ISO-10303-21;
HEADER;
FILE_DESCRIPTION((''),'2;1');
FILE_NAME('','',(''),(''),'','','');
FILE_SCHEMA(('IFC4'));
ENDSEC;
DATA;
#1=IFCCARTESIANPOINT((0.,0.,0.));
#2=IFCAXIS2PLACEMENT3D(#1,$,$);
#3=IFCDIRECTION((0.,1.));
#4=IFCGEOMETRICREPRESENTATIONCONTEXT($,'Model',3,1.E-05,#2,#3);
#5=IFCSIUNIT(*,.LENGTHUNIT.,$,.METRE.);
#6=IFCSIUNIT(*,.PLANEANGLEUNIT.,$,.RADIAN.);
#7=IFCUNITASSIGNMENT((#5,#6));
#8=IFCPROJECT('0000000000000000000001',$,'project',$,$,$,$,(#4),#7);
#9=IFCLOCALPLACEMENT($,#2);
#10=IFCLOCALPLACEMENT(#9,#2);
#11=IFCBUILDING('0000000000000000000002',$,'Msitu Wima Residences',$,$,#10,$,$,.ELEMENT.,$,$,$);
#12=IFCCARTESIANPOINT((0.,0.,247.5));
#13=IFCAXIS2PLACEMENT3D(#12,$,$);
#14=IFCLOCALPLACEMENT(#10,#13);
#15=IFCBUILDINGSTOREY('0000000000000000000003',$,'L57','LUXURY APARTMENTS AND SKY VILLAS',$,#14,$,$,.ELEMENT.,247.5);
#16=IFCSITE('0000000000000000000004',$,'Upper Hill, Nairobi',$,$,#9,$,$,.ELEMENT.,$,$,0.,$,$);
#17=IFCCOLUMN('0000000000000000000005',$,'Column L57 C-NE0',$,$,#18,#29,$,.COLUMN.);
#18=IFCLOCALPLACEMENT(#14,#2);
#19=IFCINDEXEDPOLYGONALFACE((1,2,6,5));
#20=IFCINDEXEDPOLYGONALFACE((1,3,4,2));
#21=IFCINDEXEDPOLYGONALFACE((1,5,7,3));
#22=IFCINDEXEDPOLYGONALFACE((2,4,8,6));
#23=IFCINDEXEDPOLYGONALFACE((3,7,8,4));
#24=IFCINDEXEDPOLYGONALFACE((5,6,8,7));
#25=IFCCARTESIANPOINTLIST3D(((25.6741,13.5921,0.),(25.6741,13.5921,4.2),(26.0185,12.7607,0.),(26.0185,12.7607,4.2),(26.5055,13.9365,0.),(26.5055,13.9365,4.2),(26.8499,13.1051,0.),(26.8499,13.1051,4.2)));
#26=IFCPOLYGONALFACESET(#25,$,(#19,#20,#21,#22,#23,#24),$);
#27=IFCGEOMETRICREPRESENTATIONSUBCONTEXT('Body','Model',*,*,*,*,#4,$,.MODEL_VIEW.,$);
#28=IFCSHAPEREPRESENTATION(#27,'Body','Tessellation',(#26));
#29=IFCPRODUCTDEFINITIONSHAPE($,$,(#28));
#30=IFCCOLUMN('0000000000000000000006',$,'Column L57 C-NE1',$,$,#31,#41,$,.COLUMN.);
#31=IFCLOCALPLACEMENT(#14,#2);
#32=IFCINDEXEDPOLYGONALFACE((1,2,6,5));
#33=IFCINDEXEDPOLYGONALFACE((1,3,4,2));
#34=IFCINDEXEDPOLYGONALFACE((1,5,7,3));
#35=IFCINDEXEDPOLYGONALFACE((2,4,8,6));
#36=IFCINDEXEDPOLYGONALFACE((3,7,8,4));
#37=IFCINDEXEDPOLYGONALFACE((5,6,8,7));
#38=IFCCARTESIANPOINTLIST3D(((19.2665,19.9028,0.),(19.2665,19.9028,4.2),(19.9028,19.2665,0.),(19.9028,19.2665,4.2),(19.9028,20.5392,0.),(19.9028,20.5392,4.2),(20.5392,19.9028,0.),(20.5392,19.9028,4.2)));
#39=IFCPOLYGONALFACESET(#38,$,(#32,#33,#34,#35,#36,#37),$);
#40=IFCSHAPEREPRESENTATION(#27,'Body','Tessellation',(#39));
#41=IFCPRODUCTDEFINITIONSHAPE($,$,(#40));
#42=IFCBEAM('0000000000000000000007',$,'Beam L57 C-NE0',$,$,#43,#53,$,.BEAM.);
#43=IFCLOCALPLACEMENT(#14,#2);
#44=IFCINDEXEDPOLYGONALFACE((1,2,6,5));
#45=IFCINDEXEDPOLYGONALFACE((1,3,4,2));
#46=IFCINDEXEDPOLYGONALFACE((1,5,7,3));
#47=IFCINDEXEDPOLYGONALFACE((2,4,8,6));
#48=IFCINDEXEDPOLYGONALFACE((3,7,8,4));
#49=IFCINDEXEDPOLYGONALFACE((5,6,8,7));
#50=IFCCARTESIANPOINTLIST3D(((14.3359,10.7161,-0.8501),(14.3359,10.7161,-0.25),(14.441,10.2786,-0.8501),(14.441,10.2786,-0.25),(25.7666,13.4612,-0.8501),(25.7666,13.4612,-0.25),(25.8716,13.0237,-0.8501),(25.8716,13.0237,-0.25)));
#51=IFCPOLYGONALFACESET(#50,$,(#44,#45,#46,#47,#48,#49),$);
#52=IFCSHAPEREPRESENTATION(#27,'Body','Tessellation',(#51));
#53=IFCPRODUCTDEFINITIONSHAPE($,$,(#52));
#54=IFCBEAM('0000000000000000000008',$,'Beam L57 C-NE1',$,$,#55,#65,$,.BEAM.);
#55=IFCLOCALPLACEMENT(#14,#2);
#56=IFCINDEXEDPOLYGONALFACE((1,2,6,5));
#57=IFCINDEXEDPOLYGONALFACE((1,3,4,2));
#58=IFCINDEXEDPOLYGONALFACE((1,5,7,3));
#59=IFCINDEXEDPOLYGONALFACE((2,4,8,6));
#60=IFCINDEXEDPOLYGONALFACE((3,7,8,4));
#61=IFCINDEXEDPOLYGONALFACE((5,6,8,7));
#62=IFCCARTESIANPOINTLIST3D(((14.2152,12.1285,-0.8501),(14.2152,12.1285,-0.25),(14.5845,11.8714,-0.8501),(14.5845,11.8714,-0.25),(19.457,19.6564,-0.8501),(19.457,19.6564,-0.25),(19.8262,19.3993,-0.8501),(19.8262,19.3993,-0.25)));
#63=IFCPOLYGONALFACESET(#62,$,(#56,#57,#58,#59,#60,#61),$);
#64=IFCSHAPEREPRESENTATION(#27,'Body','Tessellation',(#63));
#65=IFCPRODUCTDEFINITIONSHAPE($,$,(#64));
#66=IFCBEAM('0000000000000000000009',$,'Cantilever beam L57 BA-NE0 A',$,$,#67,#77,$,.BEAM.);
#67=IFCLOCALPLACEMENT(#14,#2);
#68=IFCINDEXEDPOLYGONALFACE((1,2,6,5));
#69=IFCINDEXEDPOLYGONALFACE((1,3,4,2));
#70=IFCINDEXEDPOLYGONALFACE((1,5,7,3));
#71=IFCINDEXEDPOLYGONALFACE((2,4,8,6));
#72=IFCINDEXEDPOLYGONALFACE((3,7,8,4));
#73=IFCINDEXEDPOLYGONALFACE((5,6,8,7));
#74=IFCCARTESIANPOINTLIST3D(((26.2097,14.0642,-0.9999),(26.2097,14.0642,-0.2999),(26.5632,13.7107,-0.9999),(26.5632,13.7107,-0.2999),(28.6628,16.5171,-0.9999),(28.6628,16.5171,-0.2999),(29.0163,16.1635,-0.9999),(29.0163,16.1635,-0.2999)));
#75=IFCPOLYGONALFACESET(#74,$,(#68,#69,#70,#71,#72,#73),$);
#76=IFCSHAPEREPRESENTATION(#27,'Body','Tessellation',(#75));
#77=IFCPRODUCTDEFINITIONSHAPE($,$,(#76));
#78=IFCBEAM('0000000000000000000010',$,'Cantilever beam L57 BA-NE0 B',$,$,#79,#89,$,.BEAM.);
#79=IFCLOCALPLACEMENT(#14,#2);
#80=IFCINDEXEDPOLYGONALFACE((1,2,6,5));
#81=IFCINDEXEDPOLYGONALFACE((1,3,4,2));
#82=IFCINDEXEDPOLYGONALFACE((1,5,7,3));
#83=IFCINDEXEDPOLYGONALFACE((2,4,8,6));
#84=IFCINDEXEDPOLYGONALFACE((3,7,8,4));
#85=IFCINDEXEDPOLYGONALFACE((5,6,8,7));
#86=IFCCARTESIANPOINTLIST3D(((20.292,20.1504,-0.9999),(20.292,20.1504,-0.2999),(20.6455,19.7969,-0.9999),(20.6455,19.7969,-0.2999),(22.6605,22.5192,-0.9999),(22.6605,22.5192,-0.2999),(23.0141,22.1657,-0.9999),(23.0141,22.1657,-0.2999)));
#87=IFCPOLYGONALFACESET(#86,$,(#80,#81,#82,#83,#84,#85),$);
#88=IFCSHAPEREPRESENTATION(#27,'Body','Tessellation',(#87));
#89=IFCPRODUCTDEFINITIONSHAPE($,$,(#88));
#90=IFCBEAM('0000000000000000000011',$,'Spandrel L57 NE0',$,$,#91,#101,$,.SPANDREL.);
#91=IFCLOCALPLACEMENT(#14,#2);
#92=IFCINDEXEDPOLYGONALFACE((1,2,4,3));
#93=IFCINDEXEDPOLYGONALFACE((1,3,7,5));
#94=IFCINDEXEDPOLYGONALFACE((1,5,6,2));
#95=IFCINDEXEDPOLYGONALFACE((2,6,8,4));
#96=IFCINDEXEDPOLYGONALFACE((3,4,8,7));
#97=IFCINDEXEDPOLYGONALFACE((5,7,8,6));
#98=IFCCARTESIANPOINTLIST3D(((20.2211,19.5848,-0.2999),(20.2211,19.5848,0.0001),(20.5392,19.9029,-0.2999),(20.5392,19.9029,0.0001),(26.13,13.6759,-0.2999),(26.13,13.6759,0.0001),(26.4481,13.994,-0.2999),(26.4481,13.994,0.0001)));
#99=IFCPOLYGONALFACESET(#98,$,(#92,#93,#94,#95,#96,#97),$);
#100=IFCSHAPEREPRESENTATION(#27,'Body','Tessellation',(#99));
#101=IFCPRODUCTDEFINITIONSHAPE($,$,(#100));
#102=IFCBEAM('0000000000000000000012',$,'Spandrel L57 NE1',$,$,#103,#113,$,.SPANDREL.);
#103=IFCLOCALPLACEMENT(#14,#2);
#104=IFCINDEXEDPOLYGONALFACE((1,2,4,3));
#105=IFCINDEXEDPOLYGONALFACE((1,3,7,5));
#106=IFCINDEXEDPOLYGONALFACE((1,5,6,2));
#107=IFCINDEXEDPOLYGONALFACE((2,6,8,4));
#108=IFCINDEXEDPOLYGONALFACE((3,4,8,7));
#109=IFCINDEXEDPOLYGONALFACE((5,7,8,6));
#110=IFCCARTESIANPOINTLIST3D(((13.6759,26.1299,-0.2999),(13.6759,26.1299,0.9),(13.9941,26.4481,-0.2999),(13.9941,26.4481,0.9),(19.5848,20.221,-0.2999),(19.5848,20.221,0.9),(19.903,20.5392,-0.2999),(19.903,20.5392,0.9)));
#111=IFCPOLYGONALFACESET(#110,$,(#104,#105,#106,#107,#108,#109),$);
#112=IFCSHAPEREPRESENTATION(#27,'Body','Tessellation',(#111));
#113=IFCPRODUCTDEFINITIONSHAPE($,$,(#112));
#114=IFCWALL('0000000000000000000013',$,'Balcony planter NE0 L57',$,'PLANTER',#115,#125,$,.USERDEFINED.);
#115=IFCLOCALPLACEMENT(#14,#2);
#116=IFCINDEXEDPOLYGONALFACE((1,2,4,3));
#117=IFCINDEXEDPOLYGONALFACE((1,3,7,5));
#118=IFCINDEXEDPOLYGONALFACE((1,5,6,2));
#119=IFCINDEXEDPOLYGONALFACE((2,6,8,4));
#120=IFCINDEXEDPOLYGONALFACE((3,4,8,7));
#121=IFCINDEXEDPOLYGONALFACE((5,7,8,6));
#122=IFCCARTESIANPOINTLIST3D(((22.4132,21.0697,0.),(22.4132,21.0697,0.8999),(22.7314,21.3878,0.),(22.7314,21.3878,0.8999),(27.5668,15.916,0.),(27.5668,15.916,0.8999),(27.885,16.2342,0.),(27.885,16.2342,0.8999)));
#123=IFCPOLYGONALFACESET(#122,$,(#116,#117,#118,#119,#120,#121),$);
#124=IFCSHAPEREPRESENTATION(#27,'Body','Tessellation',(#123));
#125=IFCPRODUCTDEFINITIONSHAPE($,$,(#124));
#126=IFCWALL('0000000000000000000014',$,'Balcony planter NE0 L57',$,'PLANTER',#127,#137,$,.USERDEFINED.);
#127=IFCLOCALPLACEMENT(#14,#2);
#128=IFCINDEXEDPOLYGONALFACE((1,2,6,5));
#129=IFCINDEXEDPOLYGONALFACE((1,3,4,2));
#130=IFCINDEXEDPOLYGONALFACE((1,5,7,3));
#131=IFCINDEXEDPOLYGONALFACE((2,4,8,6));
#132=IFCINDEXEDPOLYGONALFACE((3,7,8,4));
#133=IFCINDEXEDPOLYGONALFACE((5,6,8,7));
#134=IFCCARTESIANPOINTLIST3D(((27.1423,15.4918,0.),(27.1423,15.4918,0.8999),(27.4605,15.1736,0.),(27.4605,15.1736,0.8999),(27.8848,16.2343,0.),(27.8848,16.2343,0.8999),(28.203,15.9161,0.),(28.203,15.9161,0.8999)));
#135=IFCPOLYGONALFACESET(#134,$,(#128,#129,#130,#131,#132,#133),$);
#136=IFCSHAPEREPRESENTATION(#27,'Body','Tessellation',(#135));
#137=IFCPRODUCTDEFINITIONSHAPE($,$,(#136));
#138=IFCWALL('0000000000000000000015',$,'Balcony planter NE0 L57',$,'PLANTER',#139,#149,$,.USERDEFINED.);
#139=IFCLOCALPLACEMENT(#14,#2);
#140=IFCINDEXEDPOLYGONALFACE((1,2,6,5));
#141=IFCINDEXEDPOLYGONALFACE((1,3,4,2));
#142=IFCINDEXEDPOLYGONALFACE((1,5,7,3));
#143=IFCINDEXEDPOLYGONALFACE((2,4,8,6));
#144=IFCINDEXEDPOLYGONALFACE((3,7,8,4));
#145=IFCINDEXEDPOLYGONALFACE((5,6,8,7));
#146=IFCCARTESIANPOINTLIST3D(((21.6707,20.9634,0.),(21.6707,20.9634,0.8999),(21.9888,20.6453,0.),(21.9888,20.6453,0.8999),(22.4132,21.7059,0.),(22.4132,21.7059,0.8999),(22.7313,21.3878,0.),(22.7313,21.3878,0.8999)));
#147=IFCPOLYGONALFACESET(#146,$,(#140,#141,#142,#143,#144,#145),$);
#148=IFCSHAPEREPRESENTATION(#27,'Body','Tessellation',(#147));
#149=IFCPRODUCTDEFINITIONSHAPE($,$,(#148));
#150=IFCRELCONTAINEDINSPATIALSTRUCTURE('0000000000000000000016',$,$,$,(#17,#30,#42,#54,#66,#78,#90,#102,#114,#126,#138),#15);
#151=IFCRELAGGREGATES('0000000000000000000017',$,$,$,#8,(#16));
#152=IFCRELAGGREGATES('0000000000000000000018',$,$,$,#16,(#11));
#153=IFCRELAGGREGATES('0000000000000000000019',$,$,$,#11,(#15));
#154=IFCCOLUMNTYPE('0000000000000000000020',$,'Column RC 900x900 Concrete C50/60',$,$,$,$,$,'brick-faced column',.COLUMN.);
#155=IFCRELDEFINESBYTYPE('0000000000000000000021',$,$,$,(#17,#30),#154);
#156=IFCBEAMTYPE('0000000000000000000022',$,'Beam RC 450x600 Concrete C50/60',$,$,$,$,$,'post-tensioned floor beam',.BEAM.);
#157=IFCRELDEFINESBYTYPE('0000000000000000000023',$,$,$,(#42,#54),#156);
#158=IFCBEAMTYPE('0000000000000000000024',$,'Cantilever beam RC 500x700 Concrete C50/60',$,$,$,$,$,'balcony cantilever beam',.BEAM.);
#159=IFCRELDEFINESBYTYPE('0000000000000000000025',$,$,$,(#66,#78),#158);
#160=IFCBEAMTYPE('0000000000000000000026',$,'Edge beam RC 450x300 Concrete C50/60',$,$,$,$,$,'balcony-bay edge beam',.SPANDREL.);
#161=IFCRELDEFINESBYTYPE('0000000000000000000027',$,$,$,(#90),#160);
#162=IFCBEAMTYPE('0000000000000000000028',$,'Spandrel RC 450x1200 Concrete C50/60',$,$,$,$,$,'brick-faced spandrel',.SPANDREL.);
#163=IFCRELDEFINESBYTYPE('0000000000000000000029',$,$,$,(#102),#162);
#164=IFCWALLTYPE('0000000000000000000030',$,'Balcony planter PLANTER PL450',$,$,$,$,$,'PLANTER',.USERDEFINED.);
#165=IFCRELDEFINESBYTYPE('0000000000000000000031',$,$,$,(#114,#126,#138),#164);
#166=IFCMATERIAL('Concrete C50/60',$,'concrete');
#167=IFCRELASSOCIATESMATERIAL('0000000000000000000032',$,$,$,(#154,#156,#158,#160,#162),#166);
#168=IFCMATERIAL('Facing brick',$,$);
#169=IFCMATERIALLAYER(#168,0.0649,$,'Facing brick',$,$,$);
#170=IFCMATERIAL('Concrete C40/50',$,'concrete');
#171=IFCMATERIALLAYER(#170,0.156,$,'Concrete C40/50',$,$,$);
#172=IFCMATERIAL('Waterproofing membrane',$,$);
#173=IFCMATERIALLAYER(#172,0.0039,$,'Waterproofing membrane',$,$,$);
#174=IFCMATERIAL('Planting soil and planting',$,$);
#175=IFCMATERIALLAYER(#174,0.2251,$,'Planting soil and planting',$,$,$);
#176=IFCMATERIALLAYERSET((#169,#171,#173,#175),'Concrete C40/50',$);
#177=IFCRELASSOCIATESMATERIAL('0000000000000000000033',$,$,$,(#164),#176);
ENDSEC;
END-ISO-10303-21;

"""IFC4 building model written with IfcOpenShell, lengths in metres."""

from ifc_helpers import new_model, si_unit, direction, frame, frame_2d, origin, origin_2d, place, context, subcontext, project, spatial, rectangle, extrude, material, layer, layer_set, material_profile, profile_set, type_object, element, save


model = new_model("IFC4")

# Units and contexts
model_context = context("Model", 3, precision=1e-05, world=origin(), true_north=direction((0.0, 1.0)))
body_context = subcontext(model_context, "Body", "Model", "MODEL_VIEW")
ifc_project = project(units=[si_unit("LENGTHUNIT", "METRE"), si_unit("PLANEANGLEUNIT", "RADIAN")], contexts=[model_context])

# Site, building, storey
site_placement = place(None, origin())
site = spatial("IfcSite", under=ifc_project, at=site_placement, Name="Upper Hill, Nairobi", CompositionType="ELEMENT", RefElevation=0.0)
building_placement = place(site_placement, origin())
building = spatial("IfcBuilding", under=site, at=building_placement, Name="Msitu Wima Residences", CompositionType="ELEMENT")
storey_placement = place(building_placement, frame((0.0, 0.0, 247.5)))
storey = spatial("IfcBuildingStorey", under=building, at=storey_placement, Name="L57", Description="LUXURY APARTMENTS AND SKY VILLAS", CompositionType="ELEMENT", Elevation=247.5)

# Columns
ifc_material_1 = material(Name="Concrete C50/60", Category="concrete")
ifc_material_profile_1 = material_profile(ifc_material_1, rectangle(XDim=0.8999, YDim=0.8999, at=origin_2d()), Name="RC 900x900")
ifc_profile_set_1 = profile_set([ifc_material_profile_1], Name="Concrete C50/60")
column_type = type_object("IfcColumnType", Name="Column RC 900x900 Concrete C50/60", ElementType="brick-faced column", PredefinedType="COLUMN", material=ifc_profile_set_1)
for number, where, z_axis, x_axis, name in (
    (1, (26.262, 13.3486, 0.0), (0.0, 0.0, 1.0), (-0.382683, 0.92388, 0.0), "Column L57 C-NE0"),
    (2, (19.9028, 19.9028, 0.0), (0.0, 0.0, 1.0), (-0.707107, 0.707107, 0.0), "Column L57 C-NE1"),
):
    element("IfcColumn", number, at=place(storey_placement, frame(where, z_axis=z_axis, x_axis=x_axis)), inside=storey, type_object=column_type, Name=name, PredefinedType="COLUMN", context=body_context, shape_type="SweptSolid", body=[
        extrude(rectangle(XDim=0.8999, YDim=0.8999, at=origin_2d()), origin(), (0.0, 0.0, 1.0), 4.2),
    ])

# Beams
ifc_material_profile_2 = material_profile(ifc_material_1, rectangle(XDim=0.45, YDim=0.6001, at=origin_2d()), Name="RC 450x600")
ifc_profile_set_2 = profile_set([ifc_material_profile_2], Name="Concrete C50/60")
beam_type_1 = type_object("IfcBeamType", Name="Beam RC 450x600 Concrete C50/60", ElementType="post-tensioned floor beam", PredefinedType="BEAM", material=ifc_profile_set_2)
beam_1_placement = place(storey_placement, frame((25.8191, 13.2424, -0.55), z_axis=(-0.972353, -0.233514, 0.0), x_axis=(0.233514, -0.972353, 0.0)))
element("IfcBeam", 3, at=beam_1_placement, inside=storey, type_object=beam_type_1, Name="Beam L57 C-NE0", PredefinedType="BEAM", context=body_context, shape_type="SweptSolid", body=[
    extrude(rectangle(XDim=0.45, YDim=0.6001, at=origin_2d()), origin(), (0.0, 0.0, 1.0), 11.7556),
])
beam_2_placement = place(storey_placement, frame((19.6416, 19.5278, -0.55), z_axis=(-0.571428, -0.820652, 0.0), x_axis=(0.820652, -0.571428, 0.0)))
element("IfcBeam", 4, at=beam_2_placement, inside=storey, type_object=beam_type_1, Name="Beam L57 C-NE1", PredefinedType="BEAM", context=body_context, shape_type="SweptSolid", body=[
    extrude(rectangle(XDim=0.45, YDim=0.6001, at=origin_2d()), origin(), (0.0, 0.0, 1.0), 9.1731),
])
ifc_material_profile_3 = material_profile(ifc_material_1, rectangle(XDim=0.5, YDim=0.7, at=origin_2d()), Name="RC 500x700")
ifc_profile_set_3 = profile_set([ifc_material_profile_3], Name="Concrete C50/60")
beam_type_2 = type_object("IfcBeamType", Name="Cantilever beam RC 500x700 Concrete C50/60", ElementType="balcony cantilever beam", PredefinedType="BEAM", material=ifc_profile_set_3)
beam_3_placement = place(storey_placement, frame((26.3865, 13.8875, -0.6499), z_axis=(0.707142, 0.707072, 0.0), x_axis=(-0.707072, 0.707142, 0.0)))
element("IfcBeam", 5, at=beam_3_placement, inside=storey, type_object=beam_type_2, Name="Cantilever beam L57 BA-NE0 A", PredefinedType="BEAM", context=body_context, shape_type="SweptSolid", body=[
    extrude(rectangle(XDim=0.5, YDim=0.7, at=origin_2d()), origin(), (0.0, 0.0, 1.0), 3.469),
])
beam_4_placement = place(storey_placement, frame((20.4688, 19.9736, -0.6499), z_axis=(0.70707, 0.707143, 0.0), x_axis=(-0.707143, 0.70707, 0.0)))
element("IfcBeam", 6, at=beam_4_placement, inside=storey, type_object=beam_type_2, Name="Cantilever beam L57 BA-NE0 B", PredefinedType="BEAM", context=body_context, shape_type="SweptSolid", body=[
    extrude(rectangle(XDim=0.5, YDim=0.7, at=origin_2d()), origin(), (0.0, 0.0, 1.0), 3.3499),
])
ifc_material_profile_4 = material_profile(ifc_material_1, rectangle(XDim=0.45, YDim=0.3, at=origin_2d()), Name="RC 450x300")
ifc_profile_set_4 = profile_set([ifc_material_profile_4], Name="Concrete C50/60")
beam_type_3 = type_object("IfcBeamType", Name="Edge beam RC 450x300 Concrete C50/60", ElementType="balcony-bay edge beam", PredefinedType="SPANDREL", material=ifc_profile_set_4)
beam_5_placement = place(storey_placement, frame((26.2891, 13.835, -0.1499), z_axis=(-0.707107, 0.707107, 0.0), x_axis=(-0.707107, -0.707107, 0.0)))
element("IfcBeam", 7, at=beam_5_placement, inside=storey, type_object=beam_type_3, Name="Spandrel L57 NE0", PredefinedType="SPANDREL", context=body_context, shape_type="SweptSolid", body=[
    extrude(rectangle(XDim=0.45, YDim=0.3, at=origin_2d()), origin(), (0.0, 0.0, 1.0), 8.3564),
])
ifc_material_profile_5 = material_profile(ifc_material_1, rectangle(XDim=0.45, YDim=1.2, at=origin_2d()), Name="RC 450x1200")
ifc_profile_set_5 = profile_set([ifc_material_profile_5], Name="Concrete C50/60")
beam_type_4 = type_object("IfcBeamType", Name="Spandrel RC 450x1200 Concrete C50/60", ElementType="brick-faced spandrel", PredefinedType="SPANDREL", material=ifc_profile_set_5)
beam_6_placement = place(storey_placement, frame((19.7439, 20.3801, 0.3), z_axis=(-0.707107, 0.707107, 0.0), x_axis=(-0.707107, -0.707107, 0.0)))
element("IfcBeam", 8, at=beam_6_placement, inside=storey, type_object=beam_type_4, Name="Spandrel L57 NE1", PredefinedType="SPANDREL", context=body_context, shape_type="SweptSolid", body=[
    extrude(rectangle(XDim=0.45, YDim=1.2, at=origin_2d()), origin(), (0.0, 0.0, 1.0), 8.3564),
])

# Walls
ifc_material_2 = material(Name="Facing brick")
ifc_layer_1 = layer(ifc_material_2, 0.0649, Name="Facing brick")
ifc_material_3 = material(Name="Concrete C40/50", Category="concrete")
ifc_layer_2 = layer(ifc_material_3, 0.156, Name="Concrete C40/50")
ifc_material_4 = material(Name="Waterproofing membrane")
ifc_layer_3 = layer(ifc_material_4, 0.0039, Name="Waterproofing membrane")
ifc_material_5 = material(Name="Planting soil and planting")
ifc_layer_4 = layer(ifc_material_5, 0.2251, Name="Planting soil and planting")
ifc_layer_set_1 = layer_set([ifc_layer_1, ifc_layer_2, ifc_layer_3, ifc_layer_4], Name="Concrete C40/50")
wall_type_1 = type_object("IfcWallType", Name="Balcony planter PLANTER PL450", ElementType="PLANTER", PredefinedType="USERDEFINED", material=ifc_layer_set_1)
wall_1_placement = place(storey_placement, frame((27.7258, 16.0752, 0.0), z_axis=(0.0, 0.0, 1.0), x_axis=(-0.707107, 0.707107, 0.0)))
element("IfcWall", 9, at=wall_1_placement, inside=storey, type_object=wall_type_1, Name="Balcony planter NE0 L57", ObjectType="PLANTER", PredefinedType="USERDEFINED", context=body_context, shape_type="SweptSolid", body=[
    extrude(rectangle(XDim=7.2883, YDim=0.45, at=frame_2d((3.644, 0.0))), origin(), (0.0, 0.0, 1.0), 0.8999),
])
for number, where, z_axis, x_axis, name in (
    (10, (27.3015, 15.3328, 0.0), (0.0, 0.0, 1.0), (0.707107, 0.707107, 0.0), "Balcony planter NE0 L57"),
    (11, (21.8298, 20.8044, 0.0), (0.0, 0.0, 1.0), (0.707107, 0.707107, 0.0), "Balcony planter NE0 L57"),
):
    element("IfcWall", number, at=place(storey_placement, frame(where, z_axis=z_axis, x_axis=x_axis)), inside=storey, type_object=wall_type_1, Name=name, ObjectType="PLANTER", PredefinedType="USERDEFINED", context=body_context, shape_type="SweptSolid", body=[
        extrude(rectangle(XDim=1.05, YDim=0.45, at=frame_2d((0.5249, 0.0))), origin(), (0.0, 0.0, 1.0), 0.8999),
    ])

save(model, "model.ifc")
